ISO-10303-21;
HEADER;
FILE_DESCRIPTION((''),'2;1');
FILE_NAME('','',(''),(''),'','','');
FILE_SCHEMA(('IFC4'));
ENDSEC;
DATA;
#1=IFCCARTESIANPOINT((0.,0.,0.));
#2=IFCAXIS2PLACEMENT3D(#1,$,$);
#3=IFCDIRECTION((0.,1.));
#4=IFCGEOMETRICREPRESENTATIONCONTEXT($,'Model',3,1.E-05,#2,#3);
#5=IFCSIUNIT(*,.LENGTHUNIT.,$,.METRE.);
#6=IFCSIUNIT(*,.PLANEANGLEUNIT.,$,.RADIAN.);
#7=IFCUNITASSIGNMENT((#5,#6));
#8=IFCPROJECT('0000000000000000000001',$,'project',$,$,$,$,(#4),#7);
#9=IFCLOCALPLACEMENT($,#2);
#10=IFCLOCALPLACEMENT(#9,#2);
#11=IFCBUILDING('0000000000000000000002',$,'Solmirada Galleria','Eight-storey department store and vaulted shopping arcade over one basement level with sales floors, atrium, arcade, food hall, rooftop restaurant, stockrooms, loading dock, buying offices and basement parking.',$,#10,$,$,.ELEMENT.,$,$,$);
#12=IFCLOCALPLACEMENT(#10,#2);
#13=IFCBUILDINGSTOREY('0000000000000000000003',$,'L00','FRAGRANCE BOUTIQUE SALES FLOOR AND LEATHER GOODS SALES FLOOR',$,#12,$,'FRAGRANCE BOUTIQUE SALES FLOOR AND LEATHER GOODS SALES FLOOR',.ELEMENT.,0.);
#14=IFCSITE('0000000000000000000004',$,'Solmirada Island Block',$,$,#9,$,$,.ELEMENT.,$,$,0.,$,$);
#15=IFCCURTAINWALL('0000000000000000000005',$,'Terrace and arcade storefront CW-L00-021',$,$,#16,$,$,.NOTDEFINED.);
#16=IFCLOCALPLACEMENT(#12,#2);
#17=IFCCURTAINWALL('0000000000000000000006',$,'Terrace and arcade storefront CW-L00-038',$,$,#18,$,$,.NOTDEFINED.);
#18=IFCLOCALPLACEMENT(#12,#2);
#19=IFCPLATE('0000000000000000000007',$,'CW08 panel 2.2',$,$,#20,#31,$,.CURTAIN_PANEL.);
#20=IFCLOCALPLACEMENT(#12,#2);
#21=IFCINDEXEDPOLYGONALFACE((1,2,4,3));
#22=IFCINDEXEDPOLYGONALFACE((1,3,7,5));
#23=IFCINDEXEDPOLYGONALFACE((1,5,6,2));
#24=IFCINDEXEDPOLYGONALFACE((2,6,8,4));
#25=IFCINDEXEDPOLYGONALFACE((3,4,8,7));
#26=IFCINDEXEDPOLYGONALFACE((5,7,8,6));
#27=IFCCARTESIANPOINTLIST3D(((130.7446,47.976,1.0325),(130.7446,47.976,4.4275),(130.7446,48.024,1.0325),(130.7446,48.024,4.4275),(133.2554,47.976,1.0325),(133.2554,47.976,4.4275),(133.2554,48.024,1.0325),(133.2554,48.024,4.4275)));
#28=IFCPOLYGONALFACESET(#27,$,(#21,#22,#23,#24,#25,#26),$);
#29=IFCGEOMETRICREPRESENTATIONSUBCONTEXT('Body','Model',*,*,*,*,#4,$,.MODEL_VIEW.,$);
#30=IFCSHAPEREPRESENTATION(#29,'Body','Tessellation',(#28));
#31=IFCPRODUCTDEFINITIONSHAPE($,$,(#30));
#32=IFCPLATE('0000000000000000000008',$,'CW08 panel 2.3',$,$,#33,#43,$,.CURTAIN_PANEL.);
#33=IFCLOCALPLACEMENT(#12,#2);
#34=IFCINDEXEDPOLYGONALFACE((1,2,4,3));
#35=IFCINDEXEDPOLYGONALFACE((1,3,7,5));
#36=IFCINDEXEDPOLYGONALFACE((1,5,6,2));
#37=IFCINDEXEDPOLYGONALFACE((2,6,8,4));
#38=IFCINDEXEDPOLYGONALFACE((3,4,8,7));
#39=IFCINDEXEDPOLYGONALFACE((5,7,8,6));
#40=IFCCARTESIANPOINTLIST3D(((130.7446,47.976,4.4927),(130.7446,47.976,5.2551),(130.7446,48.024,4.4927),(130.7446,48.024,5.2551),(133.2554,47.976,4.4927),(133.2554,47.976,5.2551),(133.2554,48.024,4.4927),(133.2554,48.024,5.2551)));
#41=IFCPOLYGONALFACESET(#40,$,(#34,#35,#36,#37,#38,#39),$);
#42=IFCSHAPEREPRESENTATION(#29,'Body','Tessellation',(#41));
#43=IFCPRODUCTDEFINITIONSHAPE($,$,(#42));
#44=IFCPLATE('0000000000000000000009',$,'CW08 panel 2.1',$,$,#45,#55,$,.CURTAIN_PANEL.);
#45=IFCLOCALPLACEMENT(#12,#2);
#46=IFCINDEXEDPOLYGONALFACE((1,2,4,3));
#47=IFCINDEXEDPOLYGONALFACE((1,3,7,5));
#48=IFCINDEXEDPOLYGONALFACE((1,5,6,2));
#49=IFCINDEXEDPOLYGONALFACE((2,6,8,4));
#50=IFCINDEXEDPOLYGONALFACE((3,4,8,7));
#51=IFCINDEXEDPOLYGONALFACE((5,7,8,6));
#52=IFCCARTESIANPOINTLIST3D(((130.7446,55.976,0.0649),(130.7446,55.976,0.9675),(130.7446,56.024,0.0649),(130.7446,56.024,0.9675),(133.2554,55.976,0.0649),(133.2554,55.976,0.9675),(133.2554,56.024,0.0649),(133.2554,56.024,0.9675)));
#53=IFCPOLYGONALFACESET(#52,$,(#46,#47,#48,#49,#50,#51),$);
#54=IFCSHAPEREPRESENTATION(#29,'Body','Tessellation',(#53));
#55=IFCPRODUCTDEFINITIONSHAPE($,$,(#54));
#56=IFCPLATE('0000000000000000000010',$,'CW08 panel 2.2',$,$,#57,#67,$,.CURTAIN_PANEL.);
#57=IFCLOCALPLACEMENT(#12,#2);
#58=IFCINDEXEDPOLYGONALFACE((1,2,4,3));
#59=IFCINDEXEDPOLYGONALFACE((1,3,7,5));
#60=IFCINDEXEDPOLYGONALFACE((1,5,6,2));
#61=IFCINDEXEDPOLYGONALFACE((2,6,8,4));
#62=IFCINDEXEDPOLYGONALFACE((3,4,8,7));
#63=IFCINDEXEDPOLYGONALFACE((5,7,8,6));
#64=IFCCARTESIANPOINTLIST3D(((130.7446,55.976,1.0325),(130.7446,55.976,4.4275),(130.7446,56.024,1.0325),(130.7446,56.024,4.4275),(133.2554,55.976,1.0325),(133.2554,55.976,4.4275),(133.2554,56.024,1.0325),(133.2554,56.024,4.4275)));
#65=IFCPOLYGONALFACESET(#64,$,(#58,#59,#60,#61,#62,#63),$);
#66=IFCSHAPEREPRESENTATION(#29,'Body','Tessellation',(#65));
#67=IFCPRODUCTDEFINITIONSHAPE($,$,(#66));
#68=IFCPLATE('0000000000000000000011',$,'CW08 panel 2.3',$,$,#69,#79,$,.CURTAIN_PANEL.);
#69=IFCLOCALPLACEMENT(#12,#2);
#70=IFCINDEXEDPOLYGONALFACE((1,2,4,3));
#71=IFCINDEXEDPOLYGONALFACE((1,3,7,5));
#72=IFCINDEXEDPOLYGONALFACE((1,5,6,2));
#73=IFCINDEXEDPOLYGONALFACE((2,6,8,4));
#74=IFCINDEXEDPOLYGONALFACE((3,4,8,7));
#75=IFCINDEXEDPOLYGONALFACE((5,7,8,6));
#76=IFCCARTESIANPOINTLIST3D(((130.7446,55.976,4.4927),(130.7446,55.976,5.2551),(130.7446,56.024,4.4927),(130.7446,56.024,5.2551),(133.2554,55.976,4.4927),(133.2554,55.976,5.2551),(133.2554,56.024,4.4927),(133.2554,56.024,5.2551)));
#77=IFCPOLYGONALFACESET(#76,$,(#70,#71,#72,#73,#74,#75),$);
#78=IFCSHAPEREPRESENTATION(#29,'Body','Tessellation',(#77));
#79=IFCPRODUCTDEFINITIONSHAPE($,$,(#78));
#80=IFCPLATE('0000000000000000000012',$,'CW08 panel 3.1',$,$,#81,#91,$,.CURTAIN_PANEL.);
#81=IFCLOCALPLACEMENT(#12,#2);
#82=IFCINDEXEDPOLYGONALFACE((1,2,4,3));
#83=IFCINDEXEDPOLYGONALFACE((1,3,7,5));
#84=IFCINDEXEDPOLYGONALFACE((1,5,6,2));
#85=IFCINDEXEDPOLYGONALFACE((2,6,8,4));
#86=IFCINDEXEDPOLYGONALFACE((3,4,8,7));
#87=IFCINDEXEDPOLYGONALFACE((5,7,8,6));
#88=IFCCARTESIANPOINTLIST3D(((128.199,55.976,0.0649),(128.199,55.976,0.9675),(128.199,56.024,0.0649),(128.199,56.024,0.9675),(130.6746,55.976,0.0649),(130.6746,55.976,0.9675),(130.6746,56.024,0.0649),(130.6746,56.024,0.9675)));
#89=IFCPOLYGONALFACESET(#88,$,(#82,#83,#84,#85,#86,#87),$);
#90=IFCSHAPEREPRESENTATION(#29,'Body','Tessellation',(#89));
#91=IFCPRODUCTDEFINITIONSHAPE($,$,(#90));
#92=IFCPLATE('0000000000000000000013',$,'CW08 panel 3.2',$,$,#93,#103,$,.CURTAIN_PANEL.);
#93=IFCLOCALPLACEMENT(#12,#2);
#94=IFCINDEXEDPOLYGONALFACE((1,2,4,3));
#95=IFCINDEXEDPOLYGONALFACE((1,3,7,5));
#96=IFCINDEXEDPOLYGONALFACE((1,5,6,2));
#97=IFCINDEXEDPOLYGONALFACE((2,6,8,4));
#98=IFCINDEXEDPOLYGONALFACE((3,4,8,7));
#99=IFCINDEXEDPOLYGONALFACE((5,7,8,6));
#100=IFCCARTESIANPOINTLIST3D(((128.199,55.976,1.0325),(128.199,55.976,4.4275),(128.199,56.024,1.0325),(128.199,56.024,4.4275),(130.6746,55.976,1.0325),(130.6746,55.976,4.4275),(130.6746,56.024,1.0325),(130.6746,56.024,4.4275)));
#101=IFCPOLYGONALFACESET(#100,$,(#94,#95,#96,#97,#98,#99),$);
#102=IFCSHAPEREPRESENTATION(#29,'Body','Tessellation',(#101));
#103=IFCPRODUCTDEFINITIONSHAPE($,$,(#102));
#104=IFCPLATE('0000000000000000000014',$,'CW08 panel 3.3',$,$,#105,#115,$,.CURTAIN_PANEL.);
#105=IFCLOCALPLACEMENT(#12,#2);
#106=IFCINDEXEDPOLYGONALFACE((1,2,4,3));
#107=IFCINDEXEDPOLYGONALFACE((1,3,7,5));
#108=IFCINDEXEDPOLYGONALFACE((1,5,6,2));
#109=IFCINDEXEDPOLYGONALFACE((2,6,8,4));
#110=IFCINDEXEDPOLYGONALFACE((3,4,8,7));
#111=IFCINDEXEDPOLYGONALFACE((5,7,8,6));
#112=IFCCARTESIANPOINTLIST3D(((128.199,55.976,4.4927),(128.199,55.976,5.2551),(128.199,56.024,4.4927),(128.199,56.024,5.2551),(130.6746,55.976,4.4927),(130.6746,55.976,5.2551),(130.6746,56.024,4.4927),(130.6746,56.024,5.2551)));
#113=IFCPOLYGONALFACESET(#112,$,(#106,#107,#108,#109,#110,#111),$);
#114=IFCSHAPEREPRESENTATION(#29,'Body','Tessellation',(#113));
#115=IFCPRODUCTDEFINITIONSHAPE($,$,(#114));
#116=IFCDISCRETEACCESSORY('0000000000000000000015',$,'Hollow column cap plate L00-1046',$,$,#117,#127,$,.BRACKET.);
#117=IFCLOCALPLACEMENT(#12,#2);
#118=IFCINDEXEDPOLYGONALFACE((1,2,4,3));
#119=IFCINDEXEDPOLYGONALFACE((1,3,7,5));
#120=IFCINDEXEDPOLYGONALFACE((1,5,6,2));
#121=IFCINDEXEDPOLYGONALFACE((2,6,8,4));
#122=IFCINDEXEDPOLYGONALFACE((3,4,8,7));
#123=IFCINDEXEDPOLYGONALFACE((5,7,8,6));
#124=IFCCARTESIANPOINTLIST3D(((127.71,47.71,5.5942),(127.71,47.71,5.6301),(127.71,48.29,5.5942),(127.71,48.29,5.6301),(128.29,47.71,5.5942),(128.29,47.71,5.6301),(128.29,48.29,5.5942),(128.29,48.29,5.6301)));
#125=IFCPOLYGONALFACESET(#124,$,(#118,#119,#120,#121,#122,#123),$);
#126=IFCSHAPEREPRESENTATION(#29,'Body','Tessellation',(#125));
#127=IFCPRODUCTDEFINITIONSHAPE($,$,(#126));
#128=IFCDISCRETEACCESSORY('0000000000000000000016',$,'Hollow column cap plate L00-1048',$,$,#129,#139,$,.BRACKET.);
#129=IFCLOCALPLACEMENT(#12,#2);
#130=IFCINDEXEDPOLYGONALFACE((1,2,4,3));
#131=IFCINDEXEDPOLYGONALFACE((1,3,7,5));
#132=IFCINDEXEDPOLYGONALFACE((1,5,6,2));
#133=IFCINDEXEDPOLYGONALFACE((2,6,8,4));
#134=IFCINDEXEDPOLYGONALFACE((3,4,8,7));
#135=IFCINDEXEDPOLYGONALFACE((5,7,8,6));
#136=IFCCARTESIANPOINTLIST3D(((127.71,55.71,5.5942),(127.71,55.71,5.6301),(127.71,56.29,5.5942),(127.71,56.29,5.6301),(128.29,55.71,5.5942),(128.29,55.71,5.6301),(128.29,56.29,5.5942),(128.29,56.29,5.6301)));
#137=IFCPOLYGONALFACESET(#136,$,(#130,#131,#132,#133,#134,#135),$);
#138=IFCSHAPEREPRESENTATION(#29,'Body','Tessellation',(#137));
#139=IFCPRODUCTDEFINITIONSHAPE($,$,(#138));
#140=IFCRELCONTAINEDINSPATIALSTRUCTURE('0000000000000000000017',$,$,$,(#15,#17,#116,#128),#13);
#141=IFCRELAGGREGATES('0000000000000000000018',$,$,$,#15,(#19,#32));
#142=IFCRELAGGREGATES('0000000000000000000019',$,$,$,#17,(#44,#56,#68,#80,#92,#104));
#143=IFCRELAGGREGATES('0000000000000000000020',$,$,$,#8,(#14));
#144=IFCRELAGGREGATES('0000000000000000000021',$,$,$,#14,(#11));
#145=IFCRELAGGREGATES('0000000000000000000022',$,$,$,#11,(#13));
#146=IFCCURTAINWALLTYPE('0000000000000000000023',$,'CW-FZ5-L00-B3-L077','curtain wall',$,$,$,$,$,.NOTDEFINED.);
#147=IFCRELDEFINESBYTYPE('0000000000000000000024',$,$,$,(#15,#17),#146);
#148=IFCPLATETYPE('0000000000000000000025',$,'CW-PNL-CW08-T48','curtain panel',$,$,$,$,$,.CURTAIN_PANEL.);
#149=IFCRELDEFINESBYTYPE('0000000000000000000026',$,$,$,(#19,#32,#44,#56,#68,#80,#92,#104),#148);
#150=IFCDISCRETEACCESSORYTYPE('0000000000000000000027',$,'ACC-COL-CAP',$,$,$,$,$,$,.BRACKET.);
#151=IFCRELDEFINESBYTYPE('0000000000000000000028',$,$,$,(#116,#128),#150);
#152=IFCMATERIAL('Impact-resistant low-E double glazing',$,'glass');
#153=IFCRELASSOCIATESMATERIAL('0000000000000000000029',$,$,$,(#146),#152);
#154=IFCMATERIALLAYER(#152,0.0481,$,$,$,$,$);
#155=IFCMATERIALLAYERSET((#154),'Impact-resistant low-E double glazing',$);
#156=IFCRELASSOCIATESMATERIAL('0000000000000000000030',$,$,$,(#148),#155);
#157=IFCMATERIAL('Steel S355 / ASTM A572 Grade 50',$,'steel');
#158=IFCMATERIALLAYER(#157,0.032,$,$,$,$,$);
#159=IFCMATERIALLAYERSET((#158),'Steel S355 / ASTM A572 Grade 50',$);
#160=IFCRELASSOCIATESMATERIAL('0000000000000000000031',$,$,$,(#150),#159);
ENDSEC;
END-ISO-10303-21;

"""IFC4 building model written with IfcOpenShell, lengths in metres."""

from ifc_helpers import new_model, si_unit, direction, frame, origin, origin_2d, place, context, subcontext, project, spatial, rectangle, extrude, material, layer, layer_set, type_object, element, aggregate, save


model = new_model("IFC4")

# Units and contexts
model_context = context("Model", 3, precision=1e-05, world=origin(), true_north=direction((0.0, 1.0)))
body_context = subcontext(model_context, "Body", "Model", "MODEL_VIEW")
ifc_project = project(units=[si_unit("LENGTHUNIT", "METRE"), si_unit("PLANEANGLEUNIT", "RADIAN")], contexts=[model_context])

# Site, building, storey
site_placement = place(None, origin())
site = spatial("IfcSite", under=ifc_project, at=site_placement, Name="Solmirada Island Block", CompositionType="ELEMENT", RefElevation=0.0)
building_placement = place(site_placement, origin())
building = spatial("IfcBuilding", under=site, at=building_placement, Name="Solmirada Galleria", Description="Eight-storey department store and vaulted shopping arcade over one basement level with sales floors, atrium, arcade, food hall, rooftop restaurant, stockrooms, loading dock, buying offices and basement parking.", CompositionType="ELEMENT")
storey_placement = place(building_placement, origin())
storey = spatial("IfcBuildingStorey", under=building, at=storey_placement, Name="L00", Description="FRAGRANCE BOUTIQUE SALES FLOOR AND LEATHER GOODS SALES FLOOR", LongName="FRAGRANCE BOUTIQUE SALES FLOOR AND LEATHER GOODS SALES FLOOR", CompositionType="ELEMENT", Elevation=0.0)

# Curtain walls
ifc_material_1 = material(Name="Impact-resistant low-E double glazing", Category="glass")
curtain_wall_type = type_object("IfcCurtainWallType", Name="CW-FZ5-L00-B3-L077", Description="curtain wall", PredefinedType="NOTDEFINED", material=ifc_material_1)
curtain_wall_1_placement = place(storey_placement, origin())
curtain_wall_1 = element("IfcCurtainWall", 1, at=curtain_wall_1_placement, inside=storey, type_object=curtain_wall_type, Name="Terrace and arcade storefront CW-L00-021", PredefinedType="NOTDEFINED")
curtain_wall_2_placement = place(storey_placement, origin())
curtain_wall_2 = element("IfcCurtainWall", 2, at=curtain_wall_2_placement, inside=storey, type_object=curtain_wall_type, Name="Terrace and arcade storefront CW-L00-038", PredefinedType="NOTDEFINED")

# Plates
ifc_layer_1 = layer(ifc_material_1, 0.0481)
ifc_layer_set_1 = layer_set([ifc_layer_1], Name="Impact-resistant low-E double glazing")
plate_type = type_object("IfcPlateType", Name="CW-PNL-CW08-T48", Description="curtain panel", PredefinedType="CURTAIN_PANEL", material=ifc_layer_set_1)
plate_1_placement = place(storey_placement, frame((132.0, 48.0, 1.0325), z_axis=(0.0, 0.0, 1.0), x_axis=(1.0, 0.0, 0.0)))
plate_1 = element("IfcPlate", 3, at=plate_1_placement, type_object=plate_type, Name="CW08 panel 2.2", PredefinedType="CURTAIN_PANEL", context=body_context, shape_type="SweptSolid", body=[
    extrude(rectangle(XDim=2.5107, YDim=0.0481, at=origin_2d()), origin(), (0.0, 0.0, 1.0), 3.395),
])
plate_2_placement = place(storey_placement, frame((132.0, 48.0, 4.4927), z_axis=(0.0, 0.0, 1.0), x_axis=(1.0, 0.0, 0.0)))
plate_2 = element("IfcPlate", 4, at=plate_2_placement, type_object=plate_type, Name="CW08 panel 2.3", PredefinedType="CURTAIN_PANEL", context=body_context, shape_type="SweptSolid", body=[
    extrude(rectangle(XDim=2.5107, YDim=0.0481, at=origin_2d()), origin(), (0.0, 0.0, 1.0), 0.7625),
])
aggregate(curtain_wall_1, [plate_1, plate_2])
plate_3_placement = place(storey_placement, frame((132.0, 56.0, 0.0649), z_axis=(0.0, 0.0, 1.0), x_axis=(-1.0, 0.0, 0.0)))
plate_3 = element("IfcPlate", 5, at=plate_3_placement, type_object=plate_type, Name="CW08 panel 2.1", PredefinedType="CURTAIN_PANEL", context=body_context, shape_type="SweptSolid", body=[
    extrude(rectangle(XDim=2.5107, YDim=0.0481, at=origin_2d()), origin(), (0.0, 0.0, 1.0), 0.9026),
])
plate_4_placement = place(storey_placement, frame((132.0, 56.0, 1.0325), z_axis=(0.0, 0.0, 1.0), x_axis=(-1.0, 0.0, 0.0)))
plate_4 = element("IfcPlate", 6, at=plate_4_placement, type_object=plate_type, Name="CW08 panel 2.2", PredefinedType="CURTAIN_PANEL", context=body_context, shape_type="SweptSolid", body=[
    extrude(rectangle(XDim=2.5107, YDim=0.0481, at=origin_2d()), origin(), (0.0, 0.0, 1.0), 3.395),
])
plate_5_placement = place(storey_placement, frame((132.0, 56.0, 4.4927), z_axis=(0.0, 0.0, 1.0), x_axis=(-1.0, 0.0, 0.0)))
plate_5 = element("IfcPlate", 7, at=plate_5_placement, type_object=plate_type, Name="CW08 panel 2.3", PredefinedType="CURTAIN_PANEL", context=body_context, shape_type="SweptSolid", body=[
    extrude(rectangle(XDim=2.5107, YDim=0.0481, at=origin_2d()), origin(), (0.0, 0.0, 1.0), 0.7625),
])
plate_6_placement = place(storey_placement, frame((129.4368, 56.0, 0.0649), z_axis=(0.0, 0.0, 1.0), x_axis=(-1.0, 0.0, 0.0)))
plate_6 = element("IfcPlate", 8, at=plate_6_placement, type_object=plate_type, Name="CW08 panel 3.1", PredefinedType="CURTAIN_PANEL", context=body_context, shape_type="SweptSolid", body=[
    extrude(rectangle(XDim=2.4756, YDim=0.0481, at=origin_2d()), origin(), (0.0, 0.0, 1.0), 0.9026),
])
plate_7_placement = place(storey_placement, frame((129.4368, 56.0, 1.0325), z_axis=(0.0, 0.0, 1.0), x_axis=(-1.0, 0.0, 0.0)))
plate_7 = element("IfcPlate", 9, at=plate_7_placement, type_object=plate_type, Name="CW08 panel 3.2", PredefinedType="CURTAIN_PANEL", context=body_context, shape_type="SweptSolid", body=[
    extrude(rectangle(XDim=2.4756, YDim=0.0481, at=origin_2d()), origin(), (0.0, 0.0, 1.0), 3.395),
])
plate_8_placement = place(storey_placement, frame((129.4368, 56.0, 4.4927), z_axis=(0.0, 0.0, 1.0), x_axis=(-1.0, 0.0, 0.0)))
plate_8 = element("IfcPlate", 10, at=plate_8_placement, type_object=plate_type, Name="CW08 panel 3.3", PredefinedType="CURTAIN_PANEL", context=body_context, shape_type="SweptSolid", body=[
    extrude(rectangle(XDim=2.4756, YDim=0.0481, at=origin_2d()), origin(), (0.0, 0.0, 1.0), 0.7625),
])
aggregate(curtain_wall_2, [plate_3, plate_4, plate_5, plate_6, plate_7, plate_8])

# Discrete accessories
ifc_material_2 = material(Name="Steel S355 / ASTM A572 Grade 50", Category="steel")
ifc_layer_2 = layer(ifc_material_2, 0.032)
ifc_layer_set_2 = layer_set([ifc_layer_2], Name="Steel S355 / ASTM A572 Grade 50")
discrete_accessory_type = type_object("IfcDiscreteAccessoryType", Name="ACC-COL-CAP", PredefinedType="BRACKET", material=ifc_layer_set_2)
for number, where, z_axis, x_axis, name in (
    (11, (128.0, 48.0, 5.5942), (0.0, 0.0, 1.0), (1.0, 0.0, 0.0), "Hollow column cap plate L00-1046"),
    (12, (128.0, 56.0, 5.5942), (0.0, 0.0, 1.0), (1.0, 0.0, 0.0), "Hollow column cap plate L00-1048"),
):
    element("IfcDiscreteAccessory", number, at=place(storey_placement, frame(where, z_axis=z_axis, x_axis=x_axis)), inside=storey, type_object=discrete_accessory_type, Name=name, PredefinedType="BRACKET", context=body_context, shape_type="SweptSolid", body=[
        extrude(rectangle(XDim=0.5801, YDim=0.5801, at=origin_2d()), origin(), (0.0, 0.0, 1.0), 0.0359),
    ])

save(model, "model.ifc")
